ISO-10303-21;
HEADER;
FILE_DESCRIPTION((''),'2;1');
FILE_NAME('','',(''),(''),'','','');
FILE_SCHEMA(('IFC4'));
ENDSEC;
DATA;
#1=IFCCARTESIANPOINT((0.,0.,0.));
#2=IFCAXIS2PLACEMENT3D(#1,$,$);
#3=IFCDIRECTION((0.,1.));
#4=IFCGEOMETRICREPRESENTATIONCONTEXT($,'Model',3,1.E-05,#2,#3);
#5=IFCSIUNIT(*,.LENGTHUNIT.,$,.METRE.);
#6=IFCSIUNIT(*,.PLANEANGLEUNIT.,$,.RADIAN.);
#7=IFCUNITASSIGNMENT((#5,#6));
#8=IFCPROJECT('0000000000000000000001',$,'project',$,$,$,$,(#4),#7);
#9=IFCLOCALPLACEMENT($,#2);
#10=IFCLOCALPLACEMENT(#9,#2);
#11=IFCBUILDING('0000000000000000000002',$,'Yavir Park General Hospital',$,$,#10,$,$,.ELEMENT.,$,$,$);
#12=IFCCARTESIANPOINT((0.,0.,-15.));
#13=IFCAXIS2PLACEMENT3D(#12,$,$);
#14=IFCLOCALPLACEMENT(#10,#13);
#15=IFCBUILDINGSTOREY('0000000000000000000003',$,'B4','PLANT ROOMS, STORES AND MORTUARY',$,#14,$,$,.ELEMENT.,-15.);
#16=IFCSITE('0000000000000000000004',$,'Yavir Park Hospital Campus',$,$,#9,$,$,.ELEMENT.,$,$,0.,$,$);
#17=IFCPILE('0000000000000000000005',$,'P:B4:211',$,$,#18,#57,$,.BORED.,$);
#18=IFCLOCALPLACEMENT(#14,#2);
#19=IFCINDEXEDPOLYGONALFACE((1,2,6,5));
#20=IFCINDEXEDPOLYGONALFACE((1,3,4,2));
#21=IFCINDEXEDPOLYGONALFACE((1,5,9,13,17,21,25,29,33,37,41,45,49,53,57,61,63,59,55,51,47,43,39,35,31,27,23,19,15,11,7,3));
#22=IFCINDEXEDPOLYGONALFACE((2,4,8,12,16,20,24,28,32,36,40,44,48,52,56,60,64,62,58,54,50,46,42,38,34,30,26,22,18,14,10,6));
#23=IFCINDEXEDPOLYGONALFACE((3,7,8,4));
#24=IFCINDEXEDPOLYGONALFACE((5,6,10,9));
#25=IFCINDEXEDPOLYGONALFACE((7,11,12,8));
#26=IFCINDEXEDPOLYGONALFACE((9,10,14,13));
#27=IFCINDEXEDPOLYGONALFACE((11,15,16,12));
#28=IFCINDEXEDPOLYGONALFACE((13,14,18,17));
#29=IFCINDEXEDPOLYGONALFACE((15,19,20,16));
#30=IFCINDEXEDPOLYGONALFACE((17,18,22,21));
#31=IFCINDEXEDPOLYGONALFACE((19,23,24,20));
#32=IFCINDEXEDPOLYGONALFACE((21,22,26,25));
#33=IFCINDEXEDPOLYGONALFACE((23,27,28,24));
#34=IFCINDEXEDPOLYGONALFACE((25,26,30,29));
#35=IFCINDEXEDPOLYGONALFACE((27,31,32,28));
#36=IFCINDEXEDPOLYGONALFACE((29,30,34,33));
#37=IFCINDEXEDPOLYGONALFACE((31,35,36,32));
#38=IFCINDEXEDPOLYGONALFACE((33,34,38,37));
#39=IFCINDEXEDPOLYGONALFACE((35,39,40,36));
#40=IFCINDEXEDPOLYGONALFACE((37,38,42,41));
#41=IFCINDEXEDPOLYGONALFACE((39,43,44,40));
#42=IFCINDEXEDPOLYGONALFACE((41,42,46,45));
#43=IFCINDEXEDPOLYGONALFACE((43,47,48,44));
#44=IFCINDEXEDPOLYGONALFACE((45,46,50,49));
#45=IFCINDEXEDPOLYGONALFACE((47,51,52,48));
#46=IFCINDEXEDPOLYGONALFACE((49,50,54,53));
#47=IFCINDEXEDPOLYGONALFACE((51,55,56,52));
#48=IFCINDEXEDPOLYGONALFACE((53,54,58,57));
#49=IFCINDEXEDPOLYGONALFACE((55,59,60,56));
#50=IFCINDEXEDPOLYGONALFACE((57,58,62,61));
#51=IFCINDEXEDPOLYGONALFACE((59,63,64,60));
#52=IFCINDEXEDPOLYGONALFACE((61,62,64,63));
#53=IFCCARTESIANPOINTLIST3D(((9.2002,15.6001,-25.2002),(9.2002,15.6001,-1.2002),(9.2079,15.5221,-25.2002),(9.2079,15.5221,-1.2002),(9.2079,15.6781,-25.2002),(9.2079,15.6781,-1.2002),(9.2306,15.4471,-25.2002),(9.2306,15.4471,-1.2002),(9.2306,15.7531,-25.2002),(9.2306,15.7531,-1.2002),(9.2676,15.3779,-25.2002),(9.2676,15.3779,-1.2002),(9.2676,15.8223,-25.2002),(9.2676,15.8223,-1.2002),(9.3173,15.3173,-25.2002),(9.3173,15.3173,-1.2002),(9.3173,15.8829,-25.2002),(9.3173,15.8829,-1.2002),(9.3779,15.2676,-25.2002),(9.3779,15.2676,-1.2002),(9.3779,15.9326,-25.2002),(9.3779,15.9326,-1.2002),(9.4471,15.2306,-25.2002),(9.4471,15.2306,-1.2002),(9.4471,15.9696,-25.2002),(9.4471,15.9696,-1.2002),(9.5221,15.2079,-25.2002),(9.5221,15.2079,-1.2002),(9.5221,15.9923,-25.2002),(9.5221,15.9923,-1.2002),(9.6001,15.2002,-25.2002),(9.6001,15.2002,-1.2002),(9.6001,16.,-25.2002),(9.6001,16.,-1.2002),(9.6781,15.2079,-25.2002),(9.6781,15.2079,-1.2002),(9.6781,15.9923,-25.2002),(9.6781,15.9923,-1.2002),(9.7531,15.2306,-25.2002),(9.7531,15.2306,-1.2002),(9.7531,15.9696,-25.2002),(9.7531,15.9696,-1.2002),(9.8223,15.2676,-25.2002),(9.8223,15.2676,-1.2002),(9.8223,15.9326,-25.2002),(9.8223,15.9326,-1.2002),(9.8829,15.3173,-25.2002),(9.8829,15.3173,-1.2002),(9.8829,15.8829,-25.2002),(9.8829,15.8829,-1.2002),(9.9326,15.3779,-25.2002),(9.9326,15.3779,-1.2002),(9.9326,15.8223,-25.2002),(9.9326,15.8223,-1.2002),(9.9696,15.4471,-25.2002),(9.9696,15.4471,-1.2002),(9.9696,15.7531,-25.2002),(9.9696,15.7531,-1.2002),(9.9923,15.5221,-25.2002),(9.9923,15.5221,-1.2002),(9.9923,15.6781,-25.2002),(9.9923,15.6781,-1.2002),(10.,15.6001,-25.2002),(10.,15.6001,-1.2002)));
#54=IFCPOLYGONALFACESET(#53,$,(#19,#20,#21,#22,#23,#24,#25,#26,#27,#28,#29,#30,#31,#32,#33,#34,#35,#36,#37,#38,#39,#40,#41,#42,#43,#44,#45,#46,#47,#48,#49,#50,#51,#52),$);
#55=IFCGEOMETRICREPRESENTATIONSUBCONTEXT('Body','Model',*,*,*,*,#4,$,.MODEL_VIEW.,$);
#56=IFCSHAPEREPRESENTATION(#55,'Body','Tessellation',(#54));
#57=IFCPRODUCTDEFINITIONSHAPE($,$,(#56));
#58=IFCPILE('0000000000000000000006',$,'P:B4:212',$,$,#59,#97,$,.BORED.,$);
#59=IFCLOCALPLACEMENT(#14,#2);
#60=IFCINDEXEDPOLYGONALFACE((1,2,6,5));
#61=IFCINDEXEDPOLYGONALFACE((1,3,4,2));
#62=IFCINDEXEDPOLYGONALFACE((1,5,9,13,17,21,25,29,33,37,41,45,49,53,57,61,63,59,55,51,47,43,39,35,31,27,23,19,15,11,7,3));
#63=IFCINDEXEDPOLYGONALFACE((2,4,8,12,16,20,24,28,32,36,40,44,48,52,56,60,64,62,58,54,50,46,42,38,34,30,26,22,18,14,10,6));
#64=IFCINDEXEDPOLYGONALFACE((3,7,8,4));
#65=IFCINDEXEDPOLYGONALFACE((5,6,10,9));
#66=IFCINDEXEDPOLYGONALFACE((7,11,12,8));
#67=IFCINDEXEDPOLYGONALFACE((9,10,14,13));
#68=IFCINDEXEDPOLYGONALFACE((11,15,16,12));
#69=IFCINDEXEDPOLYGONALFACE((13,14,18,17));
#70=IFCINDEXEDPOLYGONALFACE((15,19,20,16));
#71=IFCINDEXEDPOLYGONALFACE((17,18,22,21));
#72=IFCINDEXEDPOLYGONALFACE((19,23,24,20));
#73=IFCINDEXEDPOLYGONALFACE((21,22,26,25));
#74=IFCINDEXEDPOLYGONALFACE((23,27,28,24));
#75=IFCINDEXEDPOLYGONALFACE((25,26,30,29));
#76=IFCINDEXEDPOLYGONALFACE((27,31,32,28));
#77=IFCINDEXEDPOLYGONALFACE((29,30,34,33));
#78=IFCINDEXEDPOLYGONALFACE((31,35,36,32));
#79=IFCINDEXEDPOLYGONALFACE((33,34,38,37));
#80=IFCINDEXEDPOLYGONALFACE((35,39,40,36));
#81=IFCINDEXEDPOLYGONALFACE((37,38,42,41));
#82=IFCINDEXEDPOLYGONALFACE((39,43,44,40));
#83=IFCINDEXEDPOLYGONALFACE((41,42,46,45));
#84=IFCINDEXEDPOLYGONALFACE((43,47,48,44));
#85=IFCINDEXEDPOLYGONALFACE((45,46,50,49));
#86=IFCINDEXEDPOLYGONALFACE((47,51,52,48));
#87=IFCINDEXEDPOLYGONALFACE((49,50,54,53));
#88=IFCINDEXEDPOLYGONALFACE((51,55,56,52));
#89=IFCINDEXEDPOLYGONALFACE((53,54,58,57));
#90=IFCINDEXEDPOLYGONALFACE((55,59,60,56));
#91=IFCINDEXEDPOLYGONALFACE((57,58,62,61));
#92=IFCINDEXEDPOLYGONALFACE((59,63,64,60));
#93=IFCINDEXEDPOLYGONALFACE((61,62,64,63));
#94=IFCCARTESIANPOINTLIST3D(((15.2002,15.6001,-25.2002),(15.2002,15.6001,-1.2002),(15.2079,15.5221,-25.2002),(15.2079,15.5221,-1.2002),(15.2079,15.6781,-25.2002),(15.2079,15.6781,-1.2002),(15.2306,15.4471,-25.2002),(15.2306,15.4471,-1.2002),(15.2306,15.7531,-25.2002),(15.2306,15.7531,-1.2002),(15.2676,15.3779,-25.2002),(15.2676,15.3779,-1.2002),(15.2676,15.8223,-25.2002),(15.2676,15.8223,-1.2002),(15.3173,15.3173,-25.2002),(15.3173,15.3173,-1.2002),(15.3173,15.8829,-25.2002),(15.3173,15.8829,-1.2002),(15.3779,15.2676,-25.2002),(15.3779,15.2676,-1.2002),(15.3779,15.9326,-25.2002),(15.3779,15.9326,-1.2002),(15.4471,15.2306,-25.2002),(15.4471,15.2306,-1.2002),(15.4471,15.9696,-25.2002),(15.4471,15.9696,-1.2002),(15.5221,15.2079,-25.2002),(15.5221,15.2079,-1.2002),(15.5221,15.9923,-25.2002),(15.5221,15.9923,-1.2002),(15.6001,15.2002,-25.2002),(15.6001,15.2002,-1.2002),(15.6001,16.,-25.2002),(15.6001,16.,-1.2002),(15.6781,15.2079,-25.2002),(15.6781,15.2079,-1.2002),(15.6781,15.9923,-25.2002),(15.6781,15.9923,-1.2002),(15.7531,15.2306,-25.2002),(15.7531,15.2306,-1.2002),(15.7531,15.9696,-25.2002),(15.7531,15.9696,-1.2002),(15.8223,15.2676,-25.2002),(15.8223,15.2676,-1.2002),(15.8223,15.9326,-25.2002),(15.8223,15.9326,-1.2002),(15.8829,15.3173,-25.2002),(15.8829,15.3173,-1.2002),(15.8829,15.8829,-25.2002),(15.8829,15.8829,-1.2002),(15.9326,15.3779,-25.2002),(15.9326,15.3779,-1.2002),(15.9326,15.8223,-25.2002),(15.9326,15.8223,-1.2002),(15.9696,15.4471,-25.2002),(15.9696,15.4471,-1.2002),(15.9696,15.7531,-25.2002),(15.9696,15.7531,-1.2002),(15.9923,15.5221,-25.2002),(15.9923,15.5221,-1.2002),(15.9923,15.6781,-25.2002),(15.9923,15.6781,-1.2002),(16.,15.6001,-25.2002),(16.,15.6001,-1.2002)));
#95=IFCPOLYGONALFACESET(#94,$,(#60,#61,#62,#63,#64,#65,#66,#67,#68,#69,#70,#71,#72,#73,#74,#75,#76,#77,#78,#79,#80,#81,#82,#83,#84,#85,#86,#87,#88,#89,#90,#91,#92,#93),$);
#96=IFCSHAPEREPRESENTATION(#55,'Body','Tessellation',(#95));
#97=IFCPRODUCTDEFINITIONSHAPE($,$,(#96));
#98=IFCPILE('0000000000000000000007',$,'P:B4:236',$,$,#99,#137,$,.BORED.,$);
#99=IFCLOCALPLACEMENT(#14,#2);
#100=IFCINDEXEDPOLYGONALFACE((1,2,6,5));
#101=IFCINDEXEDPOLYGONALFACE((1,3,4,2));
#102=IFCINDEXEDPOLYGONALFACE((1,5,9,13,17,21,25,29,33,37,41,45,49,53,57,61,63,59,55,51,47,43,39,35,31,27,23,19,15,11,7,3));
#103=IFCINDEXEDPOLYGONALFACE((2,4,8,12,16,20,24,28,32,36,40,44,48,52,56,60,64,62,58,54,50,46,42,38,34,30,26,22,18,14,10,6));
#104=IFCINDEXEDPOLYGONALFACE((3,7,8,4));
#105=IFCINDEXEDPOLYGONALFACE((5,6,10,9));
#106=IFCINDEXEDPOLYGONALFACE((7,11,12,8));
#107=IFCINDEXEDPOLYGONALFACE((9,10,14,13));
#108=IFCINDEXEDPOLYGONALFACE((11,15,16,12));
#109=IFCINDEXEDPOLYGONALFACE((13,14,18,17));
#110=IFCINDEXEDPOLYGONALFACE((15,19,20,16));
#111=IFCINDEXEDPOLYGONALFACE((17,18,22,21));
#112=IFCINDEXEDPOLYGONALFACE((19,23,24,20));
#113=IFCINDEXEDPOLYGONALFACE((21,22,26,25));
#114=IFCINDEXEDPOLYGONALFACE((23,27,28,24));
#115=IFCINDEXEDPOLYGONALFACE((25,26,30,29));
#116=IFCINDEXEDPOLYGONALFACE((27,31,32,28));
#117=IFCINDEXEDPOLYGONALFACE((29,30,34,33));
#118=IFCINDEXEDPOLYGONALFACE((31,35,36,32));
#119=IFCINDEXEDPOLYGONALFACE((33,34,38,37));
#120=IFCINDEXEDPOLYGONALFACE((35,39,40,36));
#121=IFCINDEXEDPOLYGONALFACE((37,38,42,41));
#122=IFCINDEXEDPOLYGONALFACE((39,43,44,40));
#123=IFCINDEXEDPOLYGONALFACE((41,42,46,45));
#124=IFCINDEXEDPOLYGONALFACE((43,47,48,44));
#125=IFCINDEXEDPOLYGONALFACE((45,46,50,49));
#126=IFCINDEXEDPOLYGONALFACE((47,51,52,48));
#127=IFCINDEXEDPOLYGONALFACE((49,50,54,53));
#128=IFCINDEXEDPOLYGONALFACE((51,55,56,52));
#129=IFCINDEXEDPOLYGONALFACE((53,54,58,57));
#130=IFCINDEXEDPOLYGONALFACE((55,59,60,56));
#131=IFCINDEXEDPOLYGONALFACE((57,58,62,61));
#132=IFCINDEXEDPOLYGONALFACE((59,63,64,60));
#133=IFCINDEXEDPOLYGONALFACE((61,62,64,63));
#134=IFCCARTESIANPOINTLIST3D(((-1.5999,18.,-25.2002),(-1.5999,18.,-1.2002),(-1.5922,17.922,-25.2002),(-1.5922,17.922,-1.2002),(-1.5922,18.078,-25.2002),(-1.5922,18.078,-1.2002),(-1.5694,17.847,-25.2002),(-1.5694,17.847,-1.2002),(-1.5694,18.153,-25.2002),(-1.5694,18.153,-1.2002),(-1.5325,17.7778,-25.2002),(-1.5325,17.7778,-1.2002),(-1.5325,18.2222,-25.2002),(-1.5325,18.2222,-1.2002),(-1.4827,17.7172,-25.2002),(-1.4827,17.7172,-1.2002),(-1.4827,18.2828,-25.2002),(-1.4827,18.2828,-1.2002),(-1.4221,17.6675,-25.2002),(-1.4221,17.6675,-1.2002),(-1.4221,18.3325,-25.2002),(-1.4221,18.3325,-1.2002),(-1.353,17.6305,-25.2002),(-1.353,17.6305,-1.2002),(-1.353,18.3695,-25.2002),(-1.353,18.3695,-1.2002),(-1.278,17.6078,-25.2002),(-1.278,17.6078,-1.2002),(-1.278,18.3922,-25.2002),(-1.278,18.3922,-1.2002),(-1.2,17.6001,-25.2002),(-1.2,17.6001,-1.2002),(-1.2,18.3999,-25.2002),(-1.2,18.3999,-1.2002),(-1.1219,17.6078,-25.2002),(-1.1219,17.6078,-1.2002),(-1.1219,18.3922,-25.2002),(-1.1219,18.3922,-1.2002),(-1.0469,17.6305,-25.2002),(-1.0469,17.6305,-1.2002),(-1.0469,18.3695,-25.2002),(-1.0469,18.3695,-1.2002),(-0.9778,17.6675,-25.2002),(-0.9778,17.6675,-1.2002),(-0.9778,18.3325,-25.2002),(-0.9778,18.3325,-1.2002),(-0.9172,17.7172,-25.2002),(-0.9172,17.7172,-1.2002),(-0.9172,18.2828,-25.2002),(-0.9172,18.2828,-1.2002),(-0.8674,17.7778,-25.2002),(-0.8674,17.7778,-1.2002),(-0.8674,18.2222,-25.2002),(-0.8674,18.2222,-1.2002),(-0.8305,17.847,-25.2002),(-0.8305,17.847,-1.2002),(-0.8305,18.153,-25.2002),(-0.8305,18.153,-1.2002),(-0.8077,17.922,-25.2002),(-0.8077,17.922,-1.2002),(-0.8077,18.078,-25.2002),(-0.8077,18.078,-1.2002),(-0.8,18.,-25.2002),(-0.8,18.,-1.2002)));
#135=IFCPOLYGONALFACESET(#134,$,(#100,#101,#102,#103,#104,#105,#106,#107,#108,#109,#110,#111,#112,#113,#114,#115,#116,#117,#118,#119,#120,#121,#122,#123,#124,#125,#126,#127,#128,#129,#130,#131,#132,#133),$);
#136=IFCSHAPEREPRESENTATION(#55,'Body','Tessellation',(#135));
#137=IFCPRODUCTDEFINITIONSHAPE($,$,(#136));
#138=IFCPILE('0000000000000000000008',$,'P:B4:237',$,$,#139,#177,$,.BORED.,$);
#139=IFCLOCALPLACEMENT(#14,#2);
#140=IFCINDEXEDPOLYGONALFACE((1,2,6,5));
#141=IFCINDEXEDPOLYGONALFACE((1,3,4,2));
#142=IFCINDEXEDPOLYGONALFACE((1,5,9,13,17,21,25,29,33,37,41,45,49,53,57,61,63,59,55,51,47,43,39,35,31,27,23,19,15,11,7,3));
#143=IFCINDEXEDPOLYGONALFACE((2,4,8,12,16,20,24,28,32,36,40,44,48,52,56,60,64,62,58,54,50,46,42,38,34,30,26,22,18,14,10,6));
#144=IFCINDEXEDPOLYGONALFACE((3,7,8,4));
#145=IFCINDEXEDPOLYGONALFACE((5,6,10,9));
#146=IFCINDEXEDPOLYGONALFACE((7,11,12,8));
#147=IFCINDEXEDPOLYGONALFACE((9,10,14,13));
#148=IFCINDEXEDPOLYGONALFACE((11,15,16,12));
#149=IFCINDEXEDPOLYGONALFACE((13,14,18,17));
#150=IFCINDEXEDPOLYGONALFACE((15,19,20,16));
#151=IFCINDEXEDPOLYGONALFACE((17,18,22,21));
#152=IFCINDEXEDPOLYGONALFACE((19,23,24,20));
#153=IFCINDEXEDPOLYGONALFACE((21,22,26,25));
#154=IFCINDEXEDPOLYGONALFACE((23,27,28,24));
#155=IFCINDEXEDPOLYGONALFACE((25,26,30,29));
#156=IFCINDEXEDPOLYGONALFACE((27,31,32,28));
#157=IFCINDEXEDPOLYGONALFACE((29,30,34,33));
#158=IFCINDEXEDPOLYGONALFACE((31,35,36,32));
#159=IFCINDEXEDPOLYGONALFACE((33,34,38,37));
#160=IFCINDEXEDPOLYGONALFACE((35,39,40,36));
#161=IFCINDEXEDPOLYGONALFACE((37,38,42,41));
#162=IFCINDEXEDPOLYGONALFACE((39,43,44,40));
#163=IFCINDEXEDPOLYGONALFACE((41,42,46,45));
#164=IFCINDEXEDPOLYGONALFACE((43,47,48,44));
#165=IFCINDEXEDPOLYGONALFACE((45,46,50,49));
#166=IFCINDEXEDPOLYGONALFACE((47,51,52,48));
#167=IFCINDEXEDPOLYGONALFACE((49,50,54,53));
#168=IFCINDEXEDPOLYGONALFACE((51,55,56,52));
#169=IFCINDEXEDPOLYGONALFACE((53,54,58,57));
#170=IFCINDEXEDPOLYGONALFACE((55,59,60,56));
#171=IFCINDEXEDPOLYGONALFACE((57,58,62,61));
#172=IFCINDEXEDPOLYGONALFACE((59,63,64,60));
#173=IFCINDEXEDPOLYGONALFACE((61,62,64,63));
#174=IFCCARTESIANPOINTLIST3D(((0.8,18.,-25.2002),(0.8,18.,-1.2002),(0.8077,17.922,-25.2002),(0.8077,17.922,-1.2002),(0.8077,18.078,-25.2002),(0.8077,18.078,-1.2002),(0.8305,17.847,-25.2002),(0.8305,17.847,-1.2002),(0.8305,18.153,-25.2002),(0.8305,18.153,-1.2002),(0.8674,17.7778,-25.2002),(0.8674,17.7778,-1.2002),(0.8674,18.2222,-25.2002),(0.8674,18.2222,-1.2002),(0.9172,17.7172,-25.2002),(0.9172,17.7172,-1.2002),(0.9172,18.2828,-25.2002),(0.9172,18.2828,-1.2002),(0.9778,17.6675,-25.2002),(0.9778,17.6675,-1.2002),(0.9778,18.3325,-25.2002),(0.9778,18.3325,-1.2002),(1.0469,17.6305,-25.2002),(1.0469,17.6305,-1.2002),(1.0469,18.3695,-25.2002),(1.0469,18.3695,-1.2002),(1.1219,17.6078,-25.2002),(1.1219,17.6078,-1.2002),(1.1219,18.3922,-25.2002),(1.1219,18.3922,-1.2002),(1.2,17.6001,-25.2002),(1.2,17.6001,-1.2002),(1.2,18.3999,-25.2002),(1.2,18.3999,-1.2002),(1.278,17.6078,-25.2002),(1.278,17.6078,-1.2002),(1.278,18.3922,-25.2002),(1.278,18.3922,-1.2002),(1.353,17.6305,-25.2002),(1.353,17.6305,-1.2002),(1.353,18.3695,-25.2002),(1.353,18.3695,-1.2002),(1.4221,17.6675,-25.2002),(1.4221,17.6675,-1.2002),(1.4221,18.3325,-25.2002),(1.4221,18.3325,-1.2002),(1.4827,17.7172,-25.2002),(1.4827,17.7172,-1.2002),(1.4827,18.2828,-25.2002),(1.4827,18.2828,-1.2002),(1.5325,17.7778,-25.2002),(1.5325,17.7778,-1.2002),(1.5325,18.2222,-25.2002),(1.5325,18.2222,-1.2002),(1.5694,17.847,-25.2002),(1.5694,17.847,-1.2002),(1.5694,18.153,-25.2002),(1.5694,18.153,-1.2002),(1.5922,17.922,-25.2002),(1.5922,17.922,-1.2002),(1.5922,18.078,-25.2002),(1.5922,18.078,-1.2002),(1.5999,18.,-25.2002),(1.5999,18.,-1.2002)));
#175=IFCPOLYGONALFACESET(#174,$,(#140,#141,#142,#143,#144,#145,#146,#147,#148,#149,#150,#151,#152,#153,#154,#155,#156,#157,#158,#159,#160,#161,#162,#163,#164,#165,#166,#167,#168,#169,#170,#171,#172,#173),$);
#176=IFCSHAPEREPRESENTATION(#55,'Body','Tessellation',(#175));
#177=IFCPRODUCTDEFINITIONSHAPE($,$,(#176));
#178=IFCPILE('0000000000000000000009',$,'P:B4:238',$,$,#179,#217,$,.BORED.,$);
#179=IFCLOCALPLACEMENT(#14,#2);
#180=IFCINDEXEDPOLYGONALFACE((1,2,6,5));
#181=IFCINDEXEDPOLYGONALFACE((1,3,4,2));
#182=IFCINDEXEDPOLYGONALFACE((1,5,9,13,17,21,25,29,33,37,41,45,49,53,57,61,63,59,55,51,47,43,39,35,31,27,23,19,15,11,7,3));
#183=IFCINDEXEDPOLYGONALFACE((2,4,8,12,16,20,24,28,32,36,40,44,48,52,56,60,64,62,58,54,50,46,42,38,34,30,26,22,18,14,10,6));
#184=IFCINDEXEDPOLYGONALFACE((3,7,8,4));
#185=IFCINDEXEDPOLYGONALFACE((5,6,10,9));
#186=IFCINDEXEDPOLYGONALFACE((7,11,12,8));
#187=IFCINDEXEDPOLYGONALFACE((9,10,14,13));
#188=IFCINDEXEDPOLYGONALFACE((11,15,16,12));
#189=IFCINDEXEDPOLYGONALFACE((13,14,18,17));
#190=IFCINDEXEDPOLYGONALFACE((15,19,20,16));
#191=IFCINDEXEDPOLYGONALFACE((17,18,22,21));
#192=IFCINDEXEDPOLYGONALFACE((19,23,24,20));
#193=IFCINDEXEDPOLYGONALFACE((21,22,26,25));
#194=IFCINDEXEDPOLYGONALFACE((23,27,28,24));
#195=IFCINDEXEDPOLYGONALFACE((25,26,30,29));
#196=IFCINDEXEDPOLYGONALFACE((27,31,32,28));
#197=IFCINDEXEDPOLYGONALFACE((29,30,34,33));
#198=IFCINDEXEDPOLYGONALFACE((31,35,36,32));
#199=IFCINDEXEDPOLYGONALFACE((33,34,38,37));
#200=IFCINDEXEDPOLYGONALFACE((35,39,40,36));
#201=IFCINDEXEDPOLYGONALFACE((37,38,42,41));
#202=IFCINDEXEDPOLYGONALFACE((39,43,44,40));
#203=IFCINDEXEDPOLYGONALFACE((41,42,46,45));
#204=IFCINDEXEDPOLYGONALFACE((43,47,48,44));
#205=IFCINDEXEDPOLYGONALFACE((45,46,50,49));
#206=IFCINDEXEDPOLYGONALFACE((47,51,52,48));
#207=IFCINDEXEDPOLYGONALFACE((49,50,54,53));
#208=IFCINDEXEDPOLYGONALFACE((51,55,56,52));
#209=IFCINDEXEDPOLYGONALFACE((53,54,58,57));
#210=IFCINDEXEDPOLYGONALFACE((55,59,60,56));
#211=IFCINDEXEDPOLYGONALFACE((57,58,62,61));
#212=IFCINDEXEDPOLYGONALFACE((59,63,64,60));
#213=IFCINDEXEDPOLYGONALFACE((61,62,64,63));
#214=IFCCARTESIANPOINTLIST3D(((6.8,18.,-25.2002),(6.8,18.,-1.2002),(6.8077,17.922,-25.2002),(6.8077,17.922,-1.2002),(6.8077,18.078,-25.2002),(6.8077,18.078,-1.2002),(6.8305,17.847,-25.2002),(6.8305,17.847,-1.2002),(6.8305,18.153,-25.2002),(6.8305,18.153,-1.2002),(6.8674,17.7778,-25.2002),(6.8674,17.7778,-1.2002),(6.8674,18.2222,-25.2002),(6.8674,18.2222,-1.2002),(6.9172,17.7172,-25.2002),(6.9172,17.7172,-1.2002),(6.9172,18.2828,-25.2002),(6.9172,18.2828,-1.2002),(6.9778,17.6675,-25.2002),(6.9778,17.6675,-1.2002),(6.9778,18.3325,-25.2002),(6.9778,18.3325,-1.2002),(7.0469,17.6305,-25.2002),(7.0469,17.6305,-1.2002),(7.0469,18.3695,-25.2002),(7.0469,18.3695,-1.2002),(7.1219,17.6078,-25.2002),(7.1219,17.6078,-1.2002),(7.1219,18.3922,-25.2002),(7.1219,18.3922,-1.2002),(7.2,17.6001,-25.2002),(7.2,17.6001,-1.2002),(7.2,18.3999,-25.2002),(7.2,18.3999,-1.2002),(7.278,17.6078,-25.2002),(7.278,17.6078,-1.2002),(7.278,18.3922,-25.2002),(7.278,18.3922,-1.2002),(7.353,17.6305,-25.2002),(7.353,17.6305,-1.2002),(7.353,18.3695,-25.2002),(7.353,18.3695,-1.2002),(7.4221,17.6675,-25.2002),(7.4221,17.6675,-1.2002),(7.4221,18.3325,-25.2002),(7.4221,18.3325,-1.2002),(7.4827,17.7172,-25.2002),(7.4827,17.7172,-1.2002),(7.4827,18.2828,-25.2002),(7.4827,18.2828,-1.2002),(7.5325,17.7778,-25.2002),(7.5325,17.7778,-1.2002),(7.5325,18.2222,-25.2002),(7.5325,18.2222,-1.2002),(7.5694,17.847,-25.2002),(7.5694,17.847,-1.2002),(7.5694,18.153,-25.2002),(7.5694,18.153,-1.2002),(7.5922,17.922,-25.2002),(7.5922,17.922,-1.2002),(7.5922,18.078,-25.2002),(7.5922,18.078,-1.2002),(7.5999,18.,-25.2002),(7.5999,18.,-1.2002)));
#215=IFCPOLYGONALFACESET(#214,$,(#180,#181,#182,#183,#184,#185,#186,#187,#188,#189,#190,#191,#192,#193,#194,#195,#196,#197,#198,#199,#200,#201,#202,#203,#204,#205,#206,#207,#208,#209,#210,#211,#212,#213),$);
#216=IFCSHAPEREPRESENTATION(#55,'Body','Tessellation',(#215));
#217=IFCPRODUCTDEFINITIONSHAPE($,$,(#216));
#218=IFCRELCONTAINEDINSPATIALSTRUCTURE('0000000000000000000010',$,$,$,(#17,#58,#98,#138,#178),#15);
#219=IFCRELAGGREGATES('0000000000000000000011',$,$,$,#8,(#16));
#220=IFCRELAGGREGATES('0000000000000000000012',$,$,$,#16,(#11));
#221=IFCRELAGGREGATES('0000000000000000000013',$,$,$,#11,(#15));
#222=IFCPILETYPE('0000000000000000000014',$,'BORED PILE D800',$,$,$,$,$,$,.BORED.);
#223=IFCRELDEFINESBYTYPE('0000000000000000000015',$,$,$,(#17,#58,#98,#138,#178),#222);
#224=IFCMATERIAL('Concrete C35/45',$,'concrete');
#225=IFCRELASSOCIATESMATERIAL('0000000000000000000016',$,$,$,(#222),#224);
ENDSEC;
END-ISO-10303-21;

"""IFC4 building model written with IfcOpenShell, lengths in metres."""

from ifc_helpers import new_model, si_unit, direction, frame, origin, origin_2d, place, context, subcontext, project, spatial, circle, extrude, material, material_profile, profile_set, type_object, element, save


model = new_model("IFC4")

# Units and contexts
model_context = context("Model", 3, precision=1e-05, world=origin(), true_north=direction((0.0, 1.0)))
body_context = subcontext(model_context, "Body", "Model", "MODEL_VIEW")
ifc_project = project(units=[si_unit("LENGTHUNIT", "METRE"), si_unit("PLANEANGLEUNIT", "RADIAN")], contexts=[model_context])

# Site, building, storey
site_placement = place(None, origin())
site = spatial("IfcSite", under=ifc_project, at=site_placement, Name="Yavir Park Hospital Campus", CompositionType="ELEMENT", RefElevation=0.0)
building_placement = place(site_placement, origin())
building = spatial("IfcBuilding", under=site, at=building_placement, Name="Yavir Park General Hospital", CompositionType="ELEMENT")
storey_placement = place(building_placement, frame((0.0, 0.0, -15.0)))
storey = spatial("IfcBuildingStorey", under=building, at=storey_placement, Name="B4", Description="PLANT ROOMS, STORES AND MORTUARY", CompositionType="ELEMENT", Elevation=-15.0)

# Piles
ifc_material_1 = material(Name="Concrete C35/45", Category="concrete")
ifc_material_profile_1 = material_profile(ifc_material_1, circle(Radius=0.3999, at=origin_2d()), Name="D800")
ifc_profile_set_1 = profile_set([ifc_material_profile_1], Name="Concrete C35/45")
pile_type_1 = type_object("IfcPileType", Name="BORED PILE D800", PredefinedType="BORED", material=ifc_profile_set_1)
for number, where, z_axis, x_axis, name in (
    (1, (9.6001, 15.6001, -1.2002), (0.0, 0.0, -1.0), (1.0, 0.0, 0.0), "P:B4:211"),
    (2, (15.6001, 15.6001, -1.2002), (0.0, 0.0, -1.0), (1.0, 0.0, 0.0), "P:B4:212"),
    (3, (-1.2, 18.0, -1.2002), (0.0, 0.0, -1.0), (1.0, 0.0, 0.0), "P:B4:236"),
    (4, (1.2, 18.0, -1.2002), (0.0, 0.0, -1.0), (1.0, 0.0, 0.0), "P:B4:237"),
    (5, (7.2, 18.0, -1.2002), (0.0, 0.0, -1.0), (1.0, 0.0, 0.0), "P:B4:238"),
):
    element("IfcPile", number, at=place(storey_placement, frame(where, z_axis=z_axis, x_axis=x_axis)), inside=storey, type_object=pile_type_1, Name=name, PredefinedType="BORED", context=body_context, shape_type="SweptSolid", body=[
        extrude(circle(Radius=0.3999, at=origin_2d()), origin(), (0.0, 0.0, 1.0), 24.0),
    ])

save(model, "model.ifc")
